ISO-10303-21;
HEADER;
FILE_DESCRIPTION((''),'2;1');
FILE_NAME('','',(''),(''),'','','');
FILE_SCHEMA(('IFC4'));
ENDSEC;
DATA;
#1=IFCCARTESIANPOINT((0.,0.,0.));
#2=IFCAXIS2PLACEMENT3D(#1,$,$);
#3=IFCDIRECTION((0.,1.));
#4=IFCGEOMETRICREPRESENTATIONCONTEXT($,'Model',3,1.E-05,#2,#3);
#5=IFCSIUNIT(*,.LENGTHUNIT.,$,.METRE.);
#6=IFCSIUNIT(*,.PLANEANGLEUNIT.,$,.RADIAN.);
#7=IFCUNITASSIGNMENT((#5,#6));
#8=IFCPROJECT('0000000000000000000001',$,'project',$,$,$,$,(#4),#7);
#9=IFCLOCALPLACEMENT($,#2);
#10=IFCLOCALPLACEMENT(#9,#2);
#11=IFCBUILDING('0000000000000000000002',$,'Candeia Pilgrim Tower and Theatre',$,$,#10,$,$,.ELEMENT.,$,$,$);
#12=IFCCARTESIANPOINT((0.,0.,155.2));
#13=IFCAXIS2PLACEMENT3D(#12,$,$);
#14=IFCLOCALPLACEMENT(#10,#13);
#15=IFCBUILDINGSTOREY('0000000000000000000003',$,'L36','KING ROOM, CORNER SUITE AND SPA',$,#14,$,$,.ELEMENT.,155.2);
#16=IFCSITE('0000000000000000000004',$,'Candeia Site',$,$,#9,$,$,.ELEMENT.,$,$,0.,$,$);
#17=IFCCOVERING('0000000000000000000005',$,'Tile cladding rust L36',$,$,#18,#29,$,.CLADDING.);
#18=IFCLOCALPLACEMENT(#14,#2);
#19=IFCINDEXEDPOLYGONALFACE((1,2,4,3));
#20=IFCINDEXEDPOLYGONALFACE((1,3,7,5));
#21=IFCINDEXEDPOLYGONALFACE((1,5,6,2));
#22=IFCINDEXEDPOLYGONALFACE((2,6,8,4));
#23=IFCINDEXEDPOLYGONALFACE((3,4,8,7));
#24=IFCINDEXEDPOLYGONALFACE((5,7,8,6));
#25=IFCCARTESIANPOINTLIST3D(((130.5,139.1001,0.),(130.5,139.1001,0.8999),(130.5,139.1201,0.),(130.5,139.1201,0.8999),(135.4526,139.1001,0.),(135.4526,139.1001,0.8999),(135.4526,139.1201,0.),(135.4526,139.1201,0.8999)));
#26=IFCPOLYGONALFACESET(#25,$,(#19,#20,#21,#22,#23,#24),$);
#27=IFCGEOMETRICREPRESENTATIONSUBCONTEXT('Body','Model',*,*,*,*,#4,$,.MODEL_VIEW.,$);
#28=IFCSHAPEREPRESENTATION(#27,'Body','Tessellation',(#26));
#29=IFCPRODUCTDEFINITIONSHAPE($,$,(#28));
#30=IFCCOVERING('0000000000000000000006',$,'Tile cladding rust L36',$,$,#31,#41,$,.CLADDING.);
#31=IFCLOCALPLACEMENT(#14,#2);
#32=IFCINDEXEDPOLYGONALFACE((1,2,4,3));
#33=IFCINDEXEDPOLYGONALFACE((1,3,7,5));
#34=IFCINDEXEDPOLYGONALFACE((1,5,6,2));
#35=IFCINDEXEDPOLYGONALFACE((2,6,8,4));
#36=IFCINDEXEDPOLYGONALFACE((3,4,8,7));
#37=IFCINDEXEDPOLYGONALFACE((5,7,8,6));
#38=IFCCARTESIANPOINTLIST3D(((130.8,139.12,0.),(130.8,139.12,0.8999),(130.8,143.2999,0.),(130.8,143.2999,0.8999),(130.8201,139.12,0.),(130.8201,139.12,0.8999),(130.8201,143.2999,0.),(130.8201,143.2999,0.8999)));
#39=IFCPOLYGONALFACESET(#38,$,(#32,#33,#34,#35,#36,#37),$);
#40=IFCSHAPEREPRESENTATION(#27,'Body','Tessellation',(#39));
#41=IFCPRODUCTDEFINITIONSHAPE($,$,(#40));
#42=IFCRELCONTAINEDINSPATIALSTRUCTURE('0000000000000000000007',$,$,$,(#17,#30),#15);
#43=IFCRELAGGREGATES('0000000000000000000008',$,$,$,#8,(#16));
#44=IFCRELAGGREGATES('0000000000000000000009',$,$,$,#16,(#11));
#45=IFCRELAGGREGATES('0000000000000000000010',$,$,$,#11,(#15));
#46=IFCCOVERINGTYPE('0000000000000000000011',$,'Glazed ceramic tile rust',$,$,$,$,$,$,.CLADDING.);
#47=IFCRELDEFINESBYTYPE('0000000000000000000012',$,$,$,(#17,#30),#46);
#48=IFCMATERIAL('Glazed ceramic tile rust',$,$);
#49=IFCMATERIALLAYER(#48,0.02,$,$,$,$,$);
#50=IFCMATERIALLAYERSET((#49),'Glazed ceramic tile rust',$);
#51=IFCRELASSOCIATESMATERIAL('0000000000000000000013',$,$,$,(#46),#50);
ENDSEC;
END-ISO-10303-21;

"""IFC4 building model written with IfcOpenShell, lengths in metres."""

from ifc_helpers import new_model, si_unit, direction, frame, origin, origin_2d, place, context, subcontext, project, spatial, rectangle, extrude, material, layer, layer_set, type_object, element, save


model = new_model("IFC4")

# Units and contexts
model_context = context("Model", 3, precision=1e-05, world=origin(), true_north=direction((0.0, 1.0)))
body_context = subcontext(model_context, "Body", "Model", "MODEL_VIEW")
ifc_project = project(units=[si_unit("LENGTHUNIT", "METRE"), si_unit("PLANEANGLEUNIT", "RADIAN")], contexts=[model_context])

# Site, building, storey
site_placement = place(None, origin())
site = spatial("IfcSite", under=ifc_project, at=site_placement, Name="Candeia Site", CompositionType="ELEMENT", RefElevation=0.0)
building_placement = place(site_placement, origin())
building = spatial("IfcBuilding", under=site, at=building_placement, Name="Candeia Pilgrim Tower and Theatre", CompositionType="ELEMENT")
storey_placement = place(building_placement, frame((0.0, 0.0, 155.2)))
storey = spatial("IfcBuildingStorey", under=building, at=storey_placement, Name="L36", Description="KING ROOM, CORNER SUITE AND SPA", CompositionType="ELEMENT", Elevation=155.2)

# Coverings
ifc_material_1 = material(Name="Glazed ceramic tile rust")
ifc_layer_1 = layer(ifc_material_1, 0.02)
ifc_layer_set_1 = layer_set([ifc_layer_1], Name="Glazed ceramic tile rust")
covering_type = type_object("IfcCoveringType", Name="Glazed ceramic tile rust", PredefinedType="CLADDING", material=ifc_layer_set_1)
covering_1_placement = place(storey_placement, frame((132.9763, 139.1101, 0.0), z_axis=(0.0, 0.0, 1.0), x_axis=(-1.0, 0.0, 0.0)))
element("IfcCovering", 1, at=covering_1_placement, inside=storey, type_object=covering_type, Name="Tile cladding rust L36", PredefinedType="CLADDING", context=body_context, shape_type="SweptSolid", body=[
    extrude(rectangle(XDim=4.9526, YDim=0.02, at=origin_2d()), origin(), (0.0, 0.0, 1.0), 0.8999),
])
covering_2_placement = place(storey_placement, frame((130.8101, 141.21, 0.0), z_axis=(0.0, 0.0, 1.0), x_axis=(0.0, 1.0, 0.0)))
element("IfcCovering", 2, at=covering_2_placement, inside=storey, type_object=covering_type, Name="Tile cladding rust L36", PredefinedType="CLADDING", context=body_context, shape_type="SweptSolid", body=[
    extrude(rectangle(XDim=4.1799, YDim=0.02, at=origin_2d()), origin(), (0.0, 0.0, 1.0), 0.8999),
])

save(model, "model.ifc")
